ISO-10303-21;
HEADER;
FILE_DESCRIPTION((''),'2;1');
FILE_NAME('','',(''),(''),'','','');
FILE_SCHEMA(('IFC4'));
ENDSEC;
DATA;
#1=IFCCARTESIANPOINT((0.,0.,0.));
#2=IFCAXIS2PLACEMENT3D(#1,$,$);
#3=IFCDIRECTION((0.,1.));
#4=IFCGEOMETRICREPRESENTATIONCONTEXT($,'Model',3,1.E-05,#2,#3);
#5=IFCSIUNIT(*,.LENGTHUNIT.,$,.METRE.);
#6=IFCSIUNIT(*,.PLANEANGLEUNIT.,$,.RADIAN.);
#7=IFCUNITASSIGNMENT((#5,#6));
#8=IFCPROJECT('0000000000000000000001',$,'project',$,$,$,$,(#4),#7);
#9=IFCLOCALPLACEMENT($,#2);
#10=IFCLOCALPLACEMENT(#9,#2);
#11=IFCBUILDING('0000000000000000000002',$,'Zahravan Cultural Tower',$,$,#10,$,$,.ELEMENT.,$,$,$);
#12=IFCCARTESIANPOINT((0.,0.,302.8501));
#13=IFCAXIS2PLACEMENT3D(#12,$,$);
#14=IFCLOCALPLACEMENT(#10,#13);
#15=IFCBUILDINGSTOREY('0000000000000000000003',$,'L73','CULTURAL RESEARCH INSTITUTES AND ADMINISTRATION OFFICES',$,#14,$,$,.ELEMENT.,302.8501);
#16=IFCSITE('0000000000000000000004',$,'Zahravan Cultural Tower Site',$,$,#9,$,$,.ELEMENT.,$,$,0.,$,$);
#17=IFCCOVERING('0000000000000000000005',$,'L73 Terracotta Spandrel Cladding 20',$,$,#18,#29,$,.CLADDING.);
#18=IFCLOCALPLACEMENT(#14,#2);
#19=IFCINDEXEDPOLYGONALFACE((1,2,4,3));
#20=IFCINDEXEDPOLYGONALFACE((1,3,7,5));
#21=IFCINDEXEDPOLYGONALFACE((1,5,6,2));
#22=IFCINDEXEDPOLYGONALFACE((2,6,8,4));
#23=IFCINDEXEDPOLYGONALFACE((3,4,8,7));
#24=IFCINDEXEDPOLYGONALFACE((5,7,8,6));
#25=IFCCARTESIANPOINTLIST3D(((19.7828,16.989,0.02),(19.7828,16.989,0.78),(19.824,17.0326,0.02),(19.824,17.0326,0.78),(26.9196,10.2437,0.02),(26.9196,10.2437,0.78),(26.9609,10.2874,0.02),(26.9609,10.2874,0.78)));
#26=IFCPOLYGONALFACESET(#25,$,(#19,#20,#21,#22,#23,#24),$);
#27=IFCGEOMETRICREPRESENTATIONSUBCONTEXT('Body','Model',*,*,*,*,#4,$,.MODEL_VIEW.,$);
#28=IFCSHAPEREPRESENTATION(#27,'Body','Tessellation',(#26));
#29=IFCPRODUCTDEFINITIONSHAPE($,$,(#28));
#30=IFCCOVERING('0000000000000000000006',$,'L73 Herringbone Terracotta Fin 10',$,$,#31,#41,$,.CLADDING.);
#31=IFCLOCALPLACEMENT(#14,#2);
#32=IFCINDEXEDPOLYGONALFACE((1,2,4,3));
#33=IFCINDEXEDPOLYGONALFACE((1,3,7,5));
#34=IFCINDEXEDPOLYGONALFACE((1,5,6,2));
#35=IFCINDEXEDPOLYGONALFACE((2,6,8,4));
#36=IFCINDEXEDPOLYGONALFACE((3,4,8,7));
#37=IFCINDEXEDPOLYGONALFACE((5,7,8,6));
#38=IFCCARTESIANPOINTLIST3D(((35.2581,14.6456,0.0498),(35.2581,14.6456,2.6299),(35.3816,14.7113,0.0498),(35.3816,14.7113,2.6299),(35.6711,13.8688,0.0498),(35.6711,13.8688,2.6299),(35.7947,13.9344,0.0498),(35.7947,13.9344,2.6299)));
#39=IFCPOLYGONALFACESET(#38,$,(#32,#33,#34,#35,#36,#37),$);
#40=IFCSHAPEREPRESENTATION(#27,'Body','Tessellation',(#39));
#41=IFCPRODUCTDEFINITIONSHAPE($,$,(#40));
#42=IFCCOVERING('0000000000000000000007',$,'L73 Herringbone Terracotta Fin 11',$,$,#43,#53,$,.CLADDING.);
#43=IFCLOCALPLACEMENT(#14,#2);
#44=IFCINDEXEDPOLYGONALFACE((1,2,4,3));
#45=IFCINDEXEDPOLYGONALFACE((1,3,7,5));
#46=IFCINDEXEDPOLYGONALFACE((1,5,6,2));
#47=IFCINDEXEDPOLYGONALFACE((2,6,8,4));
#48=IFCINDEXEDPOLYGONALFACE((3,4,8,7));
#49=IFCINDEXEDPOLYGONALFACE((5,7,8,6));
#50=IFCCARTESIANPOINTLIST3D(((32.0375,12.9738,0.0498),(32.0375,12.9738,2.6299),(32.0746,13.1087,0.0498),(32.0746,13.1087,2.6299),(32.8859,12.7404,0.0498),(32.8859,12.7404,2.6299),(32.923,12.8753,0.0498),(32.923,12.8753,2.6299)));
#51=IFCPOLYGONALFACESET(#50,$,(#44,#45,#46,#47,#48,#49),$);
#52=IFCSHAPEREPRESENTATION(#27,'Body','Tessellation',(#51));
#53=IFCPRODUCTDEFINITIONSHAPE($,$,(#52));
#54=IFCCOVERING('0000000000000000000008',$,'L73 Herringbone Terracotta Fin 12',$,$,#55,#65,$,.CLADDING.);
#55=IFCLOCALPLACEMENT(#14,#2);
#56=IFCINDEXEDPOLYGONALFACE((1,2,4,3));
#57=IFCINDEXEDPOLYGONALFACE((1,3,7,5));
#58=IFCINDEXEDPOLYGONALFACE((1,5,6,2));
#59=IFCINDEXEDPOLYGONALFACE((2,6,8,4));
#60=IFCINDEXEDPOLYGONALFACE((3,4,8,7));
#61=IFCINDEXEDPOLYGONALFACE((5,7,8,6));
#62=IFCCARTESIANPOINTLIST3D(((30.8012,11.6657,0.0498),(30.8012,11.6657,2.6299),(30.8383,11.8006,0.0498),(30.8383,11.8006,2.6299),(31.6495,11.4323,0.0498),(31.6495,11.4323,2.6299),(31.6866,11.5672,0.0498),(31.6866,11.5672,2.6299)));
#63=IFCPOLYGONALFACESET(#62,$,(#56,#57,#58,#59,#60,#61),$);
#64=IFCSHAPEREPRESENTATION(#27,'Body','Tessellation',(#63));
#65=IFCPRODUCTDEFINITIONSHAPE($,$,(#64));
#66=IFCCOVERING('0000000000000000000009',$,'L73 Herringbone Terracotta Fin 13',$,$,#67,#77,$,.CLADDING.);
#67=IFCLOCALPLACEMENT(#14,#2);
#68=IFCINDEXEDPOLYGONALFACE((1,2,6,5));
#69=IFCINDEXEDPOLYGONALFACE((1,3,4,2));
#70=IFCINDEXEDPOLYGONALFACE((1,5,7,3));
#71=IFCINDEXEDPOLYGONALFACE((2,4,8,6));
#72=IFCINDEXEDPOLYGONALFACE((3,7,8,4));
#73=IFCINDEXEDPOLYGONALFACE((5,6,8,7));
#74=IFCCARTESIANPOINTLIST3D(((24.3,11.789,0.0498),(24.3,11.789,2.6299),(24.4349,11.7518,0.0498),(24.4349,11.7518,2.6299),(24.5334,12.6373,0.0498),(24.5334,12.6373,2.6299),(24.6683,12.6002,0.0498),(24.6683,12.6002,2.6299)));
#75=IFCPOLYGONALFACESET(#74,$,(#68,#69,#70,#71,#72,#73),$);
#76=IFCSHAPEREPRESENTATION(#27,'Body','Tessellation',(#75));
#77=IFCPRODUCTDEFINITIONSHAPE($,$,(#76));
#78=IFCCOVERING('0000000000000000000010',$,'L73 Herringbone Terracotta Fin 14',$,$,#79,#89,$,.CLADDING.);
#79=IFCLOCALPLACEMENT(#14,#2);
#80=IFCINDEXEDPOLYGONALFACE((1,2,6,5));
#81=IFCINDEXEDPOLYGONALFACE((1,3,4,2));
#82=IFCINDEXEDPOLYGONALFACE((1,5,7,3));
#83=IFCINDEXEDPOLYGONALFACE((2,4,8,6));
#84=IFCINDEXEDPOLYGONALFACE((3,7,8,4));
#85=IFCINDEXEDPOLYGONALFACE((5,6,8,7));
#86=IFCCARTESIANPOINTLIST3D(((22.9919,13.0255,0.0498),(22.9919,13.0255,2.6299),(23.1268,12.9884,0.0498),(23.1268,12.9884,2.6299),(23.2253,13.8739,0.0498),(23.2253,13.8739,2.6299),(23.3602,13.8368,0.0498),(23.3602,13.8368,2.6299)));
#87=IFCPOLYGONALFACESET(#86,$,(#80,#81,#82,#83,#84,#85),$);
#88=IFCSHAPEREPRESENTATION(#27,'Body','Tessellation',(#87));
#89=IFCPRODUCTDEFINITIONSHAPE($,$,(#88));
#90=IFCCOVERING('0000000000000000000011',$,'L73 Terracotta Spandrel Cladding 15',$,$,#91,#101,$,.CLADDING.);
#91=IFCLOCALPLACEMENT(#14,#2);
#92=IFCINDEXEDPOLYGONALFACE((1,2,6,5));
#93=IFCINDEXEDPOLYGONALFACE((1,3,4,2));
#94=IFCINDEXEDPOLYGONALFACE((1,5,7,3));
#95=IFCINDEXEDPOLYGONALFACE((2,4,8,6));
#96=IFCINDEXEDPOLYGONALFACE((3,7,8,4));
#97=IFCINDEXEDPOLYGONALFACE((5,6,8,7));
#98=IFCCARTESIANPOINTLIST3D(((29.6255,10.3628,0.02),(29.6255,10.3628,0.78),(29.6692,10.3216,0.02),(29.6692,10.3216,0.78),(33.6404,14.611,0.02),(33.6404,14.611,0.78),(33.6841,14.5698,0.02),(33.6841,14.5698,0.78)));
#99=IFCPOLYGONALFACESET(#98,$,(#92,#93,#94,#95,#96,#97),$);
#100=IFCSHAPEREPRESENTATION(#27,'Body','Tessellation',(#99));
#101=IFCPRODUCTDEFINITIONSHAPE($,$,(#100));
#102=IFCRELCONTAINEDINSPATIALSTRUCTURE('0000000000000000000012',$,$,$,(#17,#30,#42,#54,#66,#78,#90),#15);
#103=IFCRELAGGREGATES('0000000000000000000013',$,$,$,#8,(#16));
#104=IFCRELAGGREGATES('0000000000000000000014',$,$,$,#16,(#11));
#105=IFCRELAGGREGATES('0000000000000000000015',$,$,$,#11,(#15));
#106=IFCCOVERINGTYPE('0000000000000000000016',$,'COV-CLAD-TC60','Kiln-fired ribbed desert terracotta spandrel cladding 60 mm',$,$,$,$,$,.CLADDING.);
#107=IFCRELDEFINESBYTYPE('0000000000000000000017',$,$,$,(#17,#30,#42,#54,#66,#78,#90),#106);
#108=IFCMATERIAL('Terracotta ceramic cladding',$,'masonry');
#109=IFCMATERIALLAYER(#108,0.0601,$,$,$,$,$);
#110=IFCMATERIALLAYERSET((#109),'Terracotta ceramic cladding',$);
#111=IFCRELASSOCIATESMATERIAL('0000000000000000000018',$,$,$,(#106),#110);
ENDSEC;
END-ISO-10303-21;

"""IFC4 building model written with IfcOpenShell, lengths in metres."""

from ifc_helpers import new_model, si_unit, direction, frame, origin, origin_2d, place, context, subcontext, project, spatial, rectangle, extrude, source, transform, mapped, material, layer, layer_set, type_object, element, save


model = new_model("IFC4")

# Units and contexts
model_context = context("Model", 3, precision=1e-05, world=origin(), true_north=direction((0.0, 1.0)))
body_context = subcontext(model_context, "Body", "Model", "MODEL_VIEW")
ifc_project = project(units=[si_unit("LENGTHUNIT", "METRE"), si_unit("PLANEANGLEUNIT", "RADIAN")], contexts=[model_context])

# Site, building, storey
site_placement = place(None, origin())
site = spatial("IfcSite", under=ifc_project, at=site_placement, Name="Zahravan Cultural Tower Site", CompositionType="ELEMENT", RefElevation=0.0)
building_placement = place(site_placement, origin())
building = spatial("IfcBuilding", under=site, at=building_placement, Name="Zahravan Cultural Tower", CompositionType="ELEMENT")
storey_placement = place(building_placement, frame((0.0, 0.0, 302.8501)))
storey = spatial("IfcBuildingStorey", under=building, at=storey_placement, Name="L73", Description="CULTURAL RESEARCH INSTITUTES AND ADMINISTRATION OFFICES", CompositionType="ELEMENT", Elevation=302.8501)

# Coverings
ifc_material_1 = material(Name="Terracotta ceramic cladding", Category="masonry")
ifc_layer_1 = layer(ifc_material_1, 0.0601)
ifc_layer_set_1 = layer_set([ifc_layer_1], Name="Terracotta ceramic cladding")
covering_type = type_object("IfcCoveringType", Name="COV-CLAD-TC60", Description="Kiln-fired ribbed desert terracotta spandrel cladding 60 mm", PredefinedType="CLADDING", material=ifc_layer_set_1)
shared_shape_1 = source(origin(), body_context, "Body", "SweptSolid", [
    extrude(rectangle(XDim=9.8201, YDim=0.0601, at=origin_2d()), origin(), (0.0, 0.0, 1.0), 0.76),
])
covering_1_placement = place(storey_placement, frame((23.3718, 13.6382, 0.02), z_axis=(0.0, 0.0, 1.0), x_axis=(-0.726767, 0.686885, 0.0)))
element("IfcCovering", 1, at=covering_1_placement, inside=storey, type_object=covering_type, Name="L73 Terracotta Spandrel Cladding 20", PredefinedType="CLADDING", context=body_context, shape_type="MappedRepresentation", body=[
    mapped(shared_shape_1, transform((0.0, 0.0, 0.0), x_axis=(1.0, 0.0, 0.0), y_axis=(0.0, 1.0, 0.0), z_axis=(0.0, 0.0, 1.0), scale=1.0)),
])
shared_shape_2 = source(origin(), body_context, "Body", "SweptSolid", [
    extrude(rectangle(XDim=0.8799, YDim=0.1399, at=origin_2d()), origin(), (0.0, 0.0, 1.0), 2.5801),
])
for number, where, z_axis, x_axis, name in (
    (2, (35.5264, 14.29, 0.0498), (0.0, 0.0, 1.0), (0.469472, -0.882948, 0.0), "L73 Herringbone Terracotta Fin 10"),
    (3, (32.4802, 12.9246, 0.0498), (0.0, 0.0, 1.0), (0.964174, -0.26527, 0.0), "L73 Herringbone Terracotta Fin 11"),
    (4, (31.2439, 11.6165, 0.0498), (0.0, 0.0, 1.0), (0.964174, -0.26527, 0.0), "L73 Herringbone Terracotta Fin 12"),
    (5, (24.4841, 12.1946, 0.0498), (0.0, 0.0, 1.0), (-0.265287, -0.96417, 0.0), "L73 Herringbone Terracotta Fin 13"),
    (6, (23.176, 13.4312, 0.0498), (0.0, 0.0, 1.0), (-0.265287, -0.96417, 0.0), "L73 Herringbone Terracotta Fin 14"),
):
    element("IfcCovering", number, at=place(storey_placement, frame(where, z_axis=z_axis, x_axis=x_axis)), inside=storey, type_object=covering_type, Name=name, PredefinedType="CLADDING", context=body_context, shape_type="MappedRepresentation", body=[
        mapped(shared_shape_2, transform((0.0, 0.0, 0.0), x_axis=(1.0, 0.0, 0.0), y_axis=(0.0, 1.0, 0.0), z_axis=(0.0, 0.0, 1.0), scale=1.0)),
    ])
shared_shape_3 = source(origin(), body_context, "Body", "SweptSolid", [
    extrude(rectangle(XDim=5.8452, YDim=0.0601, at=origin_2d()), origin(), (0.0, 0.0, 1.0), 0.76),
])
covering_2_placement = place(storey_placement, frame((31.6548, 12.4663, 0.02), z_axis=(0.0, 0.0, 1.0), x_axis=(-0.686872, -0.726779, 0.0)))
element("IfcCovering", 7, at=covering_2_placement, inside=storey, type_object=covering_type, Name="L73 Terracotta Spandrel Cladding 15", PredefinedType="CLADDING", context=body_context, shape_type="MappedRepresentation", body=[
    mapped(shared_shape_3, transform((0.0, 0.0, 0.0), x_axis=(1.0, 0.0, 0.0), y_axis=(0.0, 1.0, 0.0), z_axis=(0.0, 0.0, 1.0), scale=1.0)),
])

save(model, "model.ifc")
